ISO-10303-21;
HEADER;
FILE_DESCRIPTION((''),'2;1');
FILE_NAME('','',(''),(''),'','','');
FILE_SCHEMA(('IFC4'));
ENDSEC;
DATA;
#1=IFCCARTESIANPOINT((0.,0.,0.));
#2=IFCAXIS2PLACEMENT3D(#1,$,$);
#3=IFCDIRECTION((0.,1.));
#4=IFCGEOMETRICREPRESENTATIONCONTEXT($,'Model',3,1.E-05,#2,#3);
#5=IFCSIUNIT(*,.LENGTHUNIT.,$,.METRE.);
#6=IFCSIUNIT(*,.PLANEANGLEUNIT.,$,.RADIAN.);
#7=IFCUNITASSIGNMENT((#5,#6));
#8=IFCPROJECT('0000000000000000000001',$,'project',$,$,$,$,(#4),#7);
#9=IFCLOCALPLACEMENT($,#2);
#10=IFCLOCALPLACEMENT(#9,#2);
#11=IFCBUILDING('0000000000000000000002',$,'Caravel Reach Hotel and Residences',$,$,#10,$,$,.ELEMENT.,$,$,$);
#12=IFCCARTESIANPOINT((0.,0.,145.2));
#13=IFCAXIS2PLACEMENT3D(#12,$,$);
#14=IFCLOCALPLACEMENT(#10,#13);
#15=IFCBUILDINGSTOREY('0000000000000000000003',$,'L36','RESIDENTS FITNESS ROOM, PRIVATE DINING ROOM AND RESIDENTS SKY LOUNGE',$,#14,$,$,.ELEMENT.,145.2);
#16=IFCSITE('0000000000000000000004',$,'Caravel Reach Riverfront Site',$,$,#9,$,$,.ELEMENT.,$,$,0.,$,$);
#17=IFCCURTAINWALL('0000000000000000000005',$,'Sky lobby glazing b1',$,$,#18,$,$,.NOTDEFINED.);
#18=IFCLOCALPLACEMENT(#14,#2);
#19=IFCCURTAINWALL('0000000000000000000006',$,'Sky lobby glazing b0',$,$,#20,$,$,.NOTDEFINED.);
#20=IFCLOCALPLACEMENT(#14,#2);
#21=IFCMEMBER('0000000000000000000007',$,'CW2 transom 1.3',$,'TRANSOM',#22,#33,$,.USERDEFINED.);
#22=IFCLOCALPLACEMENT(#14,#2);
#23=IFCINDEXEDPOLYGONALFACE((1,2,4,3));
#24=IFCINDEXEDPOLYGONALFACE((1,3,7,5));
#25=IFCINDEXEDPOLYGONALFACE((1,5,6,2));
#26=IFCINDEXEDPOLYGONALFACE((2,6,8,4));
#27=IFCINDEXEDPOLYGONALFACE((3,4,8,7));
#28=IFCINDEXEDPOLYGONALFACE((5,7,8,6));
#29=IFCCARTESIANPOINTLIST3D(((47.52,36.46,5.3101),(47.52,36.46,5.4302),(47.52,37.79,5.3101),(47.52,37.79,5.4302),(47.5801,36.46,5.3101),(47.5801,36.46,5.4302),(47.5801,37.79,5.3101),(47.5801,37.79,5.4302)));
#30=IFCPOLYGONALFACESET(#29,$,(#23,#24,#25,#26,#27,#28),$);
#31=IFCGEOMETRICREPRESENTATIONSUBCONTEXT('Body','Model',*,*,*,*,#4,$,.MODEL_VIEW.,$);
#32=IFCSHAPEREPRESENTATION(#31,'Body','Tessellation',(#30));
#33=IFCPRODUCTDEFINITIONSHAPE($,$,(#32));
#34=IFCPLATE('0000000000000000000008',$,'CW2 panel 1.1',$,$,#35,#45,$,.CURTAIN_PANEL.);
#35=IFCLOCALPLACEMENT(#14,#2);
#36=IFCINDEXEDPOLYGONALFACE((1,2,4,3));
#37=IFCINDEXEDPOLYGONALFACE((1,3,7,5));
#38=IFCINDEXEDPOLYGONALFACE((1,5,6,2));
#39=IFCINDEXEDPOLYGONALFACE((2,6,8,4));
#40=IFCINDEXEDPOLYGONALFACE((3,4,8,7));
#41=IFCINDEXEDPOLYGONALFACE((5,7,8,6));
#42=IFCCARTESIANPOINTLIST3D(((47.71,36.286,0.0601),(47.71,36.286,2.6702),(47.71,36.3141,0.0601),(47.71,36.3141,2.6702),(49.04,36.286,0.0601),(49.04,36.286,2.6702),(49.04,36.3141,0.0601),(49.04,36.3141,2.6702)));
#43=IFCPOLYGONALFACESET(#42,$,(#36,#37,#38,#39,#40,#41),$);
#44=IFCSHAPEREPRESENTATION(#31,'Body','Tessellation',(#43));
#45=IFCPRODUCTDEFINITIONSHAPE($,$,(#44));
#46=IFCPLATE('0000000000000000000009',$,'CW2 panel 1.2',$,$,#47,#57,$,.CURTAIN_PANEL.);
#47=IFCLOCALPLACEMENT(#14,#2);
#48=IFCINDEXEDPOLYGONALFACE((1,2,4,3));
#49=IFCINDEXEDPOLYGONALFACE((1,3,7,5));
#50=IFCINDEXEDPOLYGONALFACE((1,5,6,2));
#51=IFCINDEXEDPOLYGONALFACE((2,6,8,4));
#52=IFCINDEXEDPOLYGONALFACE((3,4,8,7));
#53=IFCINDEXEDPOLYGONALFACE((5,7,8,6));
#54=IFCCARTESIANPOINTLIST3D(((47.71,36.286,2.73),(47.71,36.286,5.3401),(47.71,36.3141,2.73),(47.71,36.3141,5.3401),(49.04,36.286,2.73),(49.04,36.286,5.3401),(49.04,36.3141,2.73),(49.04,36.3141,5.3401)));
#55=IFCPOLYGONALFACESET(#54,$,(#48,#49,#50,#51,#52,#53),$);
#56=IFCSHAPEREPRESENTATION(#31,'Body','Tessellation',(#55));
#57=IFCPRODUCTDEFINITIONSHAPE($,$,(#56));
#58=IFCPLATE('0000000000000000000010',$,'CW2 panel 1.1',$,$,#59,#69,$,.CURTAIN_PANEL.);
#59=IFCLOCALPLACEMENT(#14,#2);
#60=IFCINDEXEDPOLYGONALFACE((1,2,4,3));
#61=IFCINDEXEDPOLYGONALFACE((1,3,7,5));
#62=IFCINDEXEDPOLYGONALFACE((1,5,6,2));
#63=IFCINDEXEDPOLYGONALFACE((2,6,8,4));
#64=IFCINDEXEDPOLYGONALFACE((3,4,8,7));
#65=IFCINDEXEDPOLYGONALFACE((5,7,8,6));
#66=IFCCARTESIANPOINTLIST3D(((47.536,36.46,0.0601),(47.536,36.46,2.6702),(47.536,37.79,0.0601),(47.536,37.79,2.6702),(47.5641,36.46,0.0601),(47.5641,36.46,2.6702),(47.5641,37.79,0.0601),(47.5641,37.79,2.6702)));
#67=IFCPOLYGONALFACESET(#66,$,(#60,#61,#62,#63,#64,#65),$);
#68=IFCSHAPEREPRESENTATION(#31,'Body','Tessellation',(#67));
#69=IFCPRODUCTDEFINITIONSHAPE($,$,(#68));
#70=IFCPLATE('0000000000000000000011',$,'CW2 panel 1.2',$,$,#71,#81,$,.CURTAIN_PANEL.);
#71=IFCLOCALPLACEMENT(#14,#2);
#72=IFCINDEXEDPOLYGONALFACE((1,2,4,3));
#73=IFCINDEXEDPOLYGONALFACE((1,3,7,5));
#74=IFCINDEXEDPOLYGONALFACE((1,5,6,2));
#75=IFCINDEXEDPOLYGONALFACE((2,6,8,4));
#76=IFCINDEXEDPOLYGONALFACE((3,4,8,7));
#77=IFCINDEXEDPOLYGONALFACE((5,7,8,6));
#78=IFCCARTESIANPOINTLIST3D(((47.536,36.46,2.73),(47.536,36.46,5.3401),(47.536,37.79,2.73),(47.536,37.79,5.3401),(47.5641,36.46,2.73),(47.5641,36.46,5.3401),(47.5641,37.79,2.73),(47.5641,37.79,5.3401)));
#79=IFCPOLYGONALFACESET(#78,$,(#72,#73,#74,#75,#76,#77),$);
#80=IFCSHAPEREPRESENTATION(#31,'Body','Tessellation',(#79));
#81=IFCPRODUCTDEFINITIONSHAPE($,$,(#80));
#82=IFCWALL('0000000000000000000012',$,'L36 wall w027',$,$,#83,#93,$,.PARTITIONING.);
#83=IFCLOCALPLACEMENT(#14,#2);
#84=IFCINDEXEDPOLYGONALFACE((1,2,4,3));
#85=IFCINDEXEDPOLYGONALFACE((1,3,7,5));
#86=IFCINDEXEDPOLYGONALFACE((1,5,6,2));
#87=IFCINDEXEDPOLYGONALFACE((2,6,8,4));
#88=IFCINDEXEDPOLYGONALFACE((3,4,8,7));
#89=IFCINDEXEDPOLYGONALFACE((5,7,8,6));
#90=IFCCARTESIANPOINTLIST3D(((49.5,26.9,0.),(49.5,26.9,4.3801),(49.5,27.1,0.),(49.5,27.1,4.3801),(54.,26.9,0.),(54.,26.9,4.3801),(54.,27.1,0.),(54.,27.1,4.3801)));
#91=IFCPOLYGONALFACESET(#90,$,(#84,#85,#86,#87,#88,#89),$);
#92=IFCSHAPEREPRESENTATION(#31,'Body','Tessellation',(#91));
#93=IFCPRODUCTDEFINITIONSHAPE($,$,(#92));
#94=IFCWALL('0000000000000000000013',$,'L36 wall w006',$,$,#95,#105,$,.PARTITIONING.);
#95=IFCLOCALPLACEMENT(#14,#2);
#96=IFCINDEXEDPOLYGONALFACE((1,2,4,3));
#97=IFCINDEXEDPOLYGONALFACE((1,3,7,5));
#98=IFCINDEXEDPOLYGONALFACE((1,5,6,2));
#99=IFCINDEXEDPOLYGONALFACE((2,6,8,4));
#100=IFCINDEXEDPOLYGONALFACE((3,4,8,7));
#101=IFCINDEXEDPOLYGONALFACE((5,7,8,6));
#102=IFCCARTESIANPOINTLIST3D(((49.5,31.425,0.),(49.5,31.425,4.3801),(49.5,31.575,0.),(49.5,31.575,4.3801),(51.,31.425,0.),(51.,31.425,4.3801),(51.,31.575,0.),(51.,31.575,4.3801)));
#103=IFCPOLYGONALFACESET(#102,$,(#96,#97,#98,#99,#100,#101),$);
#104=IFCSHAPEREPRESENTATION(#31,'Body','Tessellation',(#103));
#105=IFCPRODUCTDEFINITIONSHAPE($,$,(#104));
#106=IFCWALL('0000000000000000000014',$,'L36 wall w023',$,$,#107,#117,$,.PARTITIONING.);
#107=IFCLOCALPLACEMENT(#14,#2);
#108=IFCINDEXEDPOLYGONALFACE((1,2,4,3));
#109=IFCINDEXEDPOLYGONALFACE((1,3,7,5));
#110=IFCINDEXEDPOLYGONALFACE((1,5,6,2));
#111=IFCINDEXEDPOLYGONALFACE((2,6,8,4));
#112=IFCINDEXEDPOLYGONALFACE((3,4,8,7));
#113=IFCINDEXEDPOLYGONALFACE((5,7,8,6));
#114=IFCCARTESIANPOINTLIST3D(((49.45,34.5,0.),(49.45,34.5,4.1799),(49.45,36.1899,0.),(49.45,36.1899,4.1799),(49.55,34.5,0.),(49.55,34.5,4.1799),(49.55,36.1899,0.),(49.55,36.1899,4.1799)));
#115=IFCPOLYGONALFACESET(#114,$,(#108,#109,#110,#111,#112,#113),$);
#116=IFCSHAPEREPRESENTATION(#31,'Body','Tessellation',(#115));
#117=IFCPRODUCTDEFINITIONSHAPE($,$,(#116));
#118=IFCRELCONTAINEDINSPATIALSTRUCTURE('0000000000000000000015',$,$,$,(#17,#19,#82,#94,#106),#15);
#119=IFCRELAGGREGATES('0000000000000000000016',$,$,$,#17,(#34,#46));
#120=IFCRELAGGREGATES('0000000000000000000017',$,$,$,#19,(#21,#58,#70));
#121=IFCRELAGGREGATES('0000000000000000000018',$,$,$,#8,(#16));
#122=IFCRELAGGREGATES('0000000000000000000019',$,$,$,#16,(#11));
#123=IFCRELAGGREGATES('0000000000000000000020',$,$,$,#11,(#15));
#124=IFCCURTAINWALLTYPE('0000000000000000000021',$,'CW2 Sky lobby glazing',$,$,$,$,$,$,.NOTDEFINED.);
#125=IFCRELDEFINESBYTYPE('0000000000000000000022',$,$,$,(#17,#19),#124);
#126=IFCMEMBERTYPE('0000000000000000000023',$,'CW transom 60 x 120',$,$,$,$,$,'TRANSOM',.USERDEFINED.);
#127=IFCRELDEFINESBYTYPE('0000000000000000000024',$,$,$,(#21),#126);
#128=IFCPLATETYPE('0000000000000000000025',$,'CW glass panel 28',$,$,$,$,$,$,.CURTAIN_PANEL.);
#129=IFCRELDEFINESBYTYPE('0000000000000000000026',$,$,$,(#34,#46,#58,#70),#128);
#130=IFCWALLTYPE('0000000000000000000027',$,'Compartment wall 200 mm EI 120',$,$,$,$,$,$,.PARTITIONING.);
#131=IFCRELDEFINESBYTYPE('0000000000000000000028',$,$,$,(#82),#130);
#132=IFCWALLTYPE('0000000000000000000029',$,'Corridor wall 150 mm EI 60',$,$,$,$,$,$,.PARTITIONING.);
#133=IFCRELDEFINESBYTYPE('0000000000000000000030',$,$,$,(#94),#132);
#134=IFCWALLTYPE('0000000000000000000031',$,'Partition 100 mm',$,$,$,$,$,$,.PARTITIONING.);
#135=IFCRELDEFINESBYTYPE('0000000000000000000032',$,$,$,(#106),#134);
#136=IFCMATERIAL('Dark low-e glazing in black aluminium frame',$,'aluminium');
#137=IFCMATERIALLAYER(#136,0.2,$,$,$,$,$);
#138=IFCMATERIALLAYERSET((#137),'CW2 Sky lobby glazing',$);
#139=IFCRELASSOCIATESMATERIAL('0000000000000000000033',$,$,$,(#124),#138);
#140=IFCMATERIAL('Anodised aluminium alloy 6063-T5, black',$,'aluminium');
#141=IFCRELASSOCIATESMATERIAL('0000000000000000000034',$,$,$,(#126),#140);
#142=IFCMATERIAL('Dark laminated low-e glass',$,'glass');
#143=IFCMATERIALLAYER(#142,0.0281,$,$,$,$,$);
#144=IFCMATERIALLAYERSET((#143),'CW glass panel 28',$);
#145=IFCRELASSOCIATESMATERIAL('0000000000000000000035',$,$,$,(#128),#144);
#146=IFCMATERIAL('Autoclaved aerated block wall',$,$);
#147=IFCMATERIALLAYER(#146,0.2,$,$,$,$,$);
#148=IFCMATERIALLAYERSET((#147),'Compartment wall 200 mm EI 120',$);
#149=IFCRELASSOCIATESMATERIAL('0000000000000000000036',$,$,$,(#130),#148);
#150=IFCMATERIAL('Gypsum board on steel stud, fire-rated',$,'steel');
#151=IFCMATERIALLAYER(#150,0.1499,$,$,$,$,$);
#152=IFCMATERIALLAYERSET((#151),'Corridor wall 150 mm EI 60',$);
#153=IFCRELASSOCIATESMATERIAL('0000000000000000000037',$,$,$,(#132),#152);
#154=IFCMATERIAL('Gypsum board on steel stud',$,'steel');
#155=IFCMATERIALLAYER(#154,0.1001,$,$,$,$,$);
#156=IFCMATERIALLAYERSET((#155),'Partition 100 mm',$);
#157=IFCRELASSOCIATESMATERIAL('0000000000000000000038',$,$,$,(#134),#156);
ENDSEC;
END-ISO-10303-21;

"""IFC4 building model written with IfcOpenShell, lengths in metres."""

from ifc_helpers import new_model, si_unit, direction, frame, frame_2d, origin, origin_2d, place, context, subcontext, project, spatial, rectangle, extrude, material, layer, layer_set, material_profile, profile_set, type_object, element, aggregate, save


model = new_model("IFC4")

# Units and contexts
model_context = context("Model", 3, precision=1e-05, world=origin(), true_north=direction((0.0, 1.0)))
body_context = subcontext(model_context, "Body", "Model", "MODEL_VIEW")
ifc_project = project(units=[si_unit("LENGTHUNIT", "METRE"), si_unit("PLANEANGLEUNIT", "RADIAN")], contexts=[model_context])

# Site, building, storey
site_placement = place(None, origin())
site = spatial("IfcSite", under=ifc_project, at=site_placement, Name="Caravel Reach Riverfront Site", CompositionType="ELEMENT", RefElevation=0.0)
building_placement = place(site_placement, origin())
building = spatial("IfcBuilding", under=site, at=building_placement, Name="Caravel Reach Hotel and Residences", CompositionType="ELEMENT")
storey_placement = place(building_placement, frame((0.0, 0.0, 145.2)))
storey = spatial("IfcBuildingStorey", under=building, at=storey_placement, Name="L36", Description="RESIDENTS FITNESS ROOM, PRIVATE DINING ROOM AND RESIDENTS SKY LOUNGE", CompositionType="ELEMENT", Elevation=145.2)

# Curtain wall
ifc_material_1 = material(Name="Dark low-e glazing in black aluminium frame", Category="aluminium")
ifc_layer_1 = layer(ifc_material_1, 0.2)
ifc_layer_set_1 = layer_set([ifc_layer_1], Name="CW2 Sky lobby glazing")
curtain_wall_type = type_object("IfcCurtainWallType", Name="CW2 Sky lobby glazing", PredefinedType="NOTDEFINED", material=ifc_layer_set_1)
curtain_wall_1_placement = place(storey_placement, origin())
curtain_wall_1 = element("IfcCurtainWall", 1, at=curtain_wall_1_placement, inside=storey, type_object=curtain_wall_type, Name="Sky lobby glazing b1", PredefinedType="NOTDEFINED")

# Curtain wall
curtain_wall_2_placement = place(storey_placement, origin())
curtain_wall_2 = element("IfcCurtainWall", 2, at=curtain_wall_2_placement, inside=storey, type_object=curtain_wall_type, Name="Sky lobby glazing b0", PredefinedType="NOTDEFINED")

# Member
ifc_material_2 = material(Name="Anodised aluminium alloy 6063-T5, black", Category="aluminium")
ifc_material_profile_1 = material_profile(ifc_material_2, rectangle(XDim=0.0601, YDim=0.1201, at=origin_2d()), Name="CW transom 60 x 120")
ifc_profile_set_1 = profile_set([ifc_material_profile_1], Name="Anodised aluminium alloy 6063-T5, black")
member_type_1 = type_object("IfcMemberType", Name="CW transom 60 x 120", ElementType="TRANSOM", PredefinedType="USERDEFINED", material=ifc_profile_set_1)
member_1_placement = place(storey_placement, frame((47.55, 36.46, 5.3701), z_axis=(0.0, 1.0, 0.0), x_axis=(-1.0, 0.0, 0.0)))
member_1 = element("IfcMember", 3, at=member_1_placement, type_object=member_type_1, Name="CW2 transom 1.3", ObjectType="TRANSOM", PredefinedType="USERDEFINED", context=body_context, shape_type="SweptSolid", body=[
    extrude(rectangle(XDim=0.0601, YDim=0.1201, at=origin_2d()), origin(), (0.0, 0.0, 1.0), 1.3301),
])

# Plates
ifc_material_3 = material(Name="Dark laminated low-e glass", Category="glass")
ifc_layer_2 = layer(ifc_material_3, 0.0281)
ifc_layer_set_2 = layer_set([ifc_layer_2], Name="CW glass panel 28")
plate_type = type_object("IfcPlateType", Name="CW glass panel 28", PredefinedType="CURTAIN_PANEL", material=ifc_layer_set_2)
plate_1_placement = place(storey_placement, frame((48.375, 36.3, 0.0601), z_axis=(0.0, 0.0, 1.0), x_axis=(-1.0, 0.0, 0.0)))
plate_1 = element("IfcPlate", 4, at=plate_1_placement, type_object=plate_type, Name="CW2 panel 1.1", PredefinedType="CURTAIN_PANEL", context=body_context, shape_type="SweptSolid", body=[
    extrude(rectangle(XDim=1.3301, YDim=0.0281, at=origin_2d()), origin(), (0.0, 0.0, 1.0), 2.6101),
])
plate_2_placement = place(storey_placement, frame((48.375, 36.3, 2.73), z_axis=(0.0, 0.0, 1.0), x_axis=(-1.0, 0.0, 0.0)))
plate_2 = element("IfcPlate", 5, at=plate_2_placement, type_object=plate_type, Name="CW2 panel 1.2", PredefinedType="CURTAIN_PANEL", context=body_context, shape_type="SweptSolid", body=[
    extrude(rectangle(XDim=1.3301, YDim=0.0281, at=origin_2d()), origin(), (0.0, 0.0, 1.0), 2.6101),
])
aggregate(curtain_wall_1, [plate_1, plate_2])
plate_3_placement = place(storey_placement, frame((47.55, 37.125, 0.0601), z_axis=(0.0, 0.0, 1.0), x_axis=(0.0, 1.0, 0.0)))
plate_3 = element("IfcPlate", 6, at=plate_3_placement, type_object=plate_type, Name="CW2 panel 1.1", PredefinedType="CURTAIN_PANEL", context=body_context, shape_type="SweptSolid", body=[
    extrude(rectangle(XDim=1.3301, YDim=0.0281, at=origin_2d()), origin(), (0.0, 0.0, 1.0), 2.6101),
])
plate_4_placement = place(storey_placement, frame((47.55, 37.125, 2.73), z_axis=(0.0, 0.0, 1.0), x_axis=(0.0, 1.0, 0.0)))
plate_4 = element("IfcPlate", 7, at=plate_4_placement, type_object=plate_type, Name="CW2 panel 1.2", PredefinedType="CURTAIN_PANEL", context=body_context, shape_type="SweptSolid", body=[
    extrude(rectangle(XDim=1.3301, YDim=0.0281, at=origin_2d()), origin(), (0.0, 0.0, 1.0), 2.6101),
])
aggregate(curtain_wall_2, [member_1, plate_3, plate_4])

# Walls
ifc_material_4 = material(Name="Autoclaved aerated block wall")
ifc_layer_3 = layer(ifc_material_4, 0.2)
ifc_layer_set_3 = layer_set([ifc_layer_3], Name="Compartment wall 200 mm EI 120")
wall_type_1 = type_object("IfcWallType", Name="Compartment wall 200 mm EI 120", PredefinedType="PARTITIONING", material=ifc_layer_set_3)
wall_1_placement = place(storey_placement, frame((49.5, 27.0, 0.0), z_axis=(0.0, 0.0, 1.0), x_axis=(1.0, 0.0, 0.0)))
element("IfcWall", 8, at=wall_1_placement, inside=storey, type_object=wall_type_1, Name="L36 wall w027", PredefinedType="PARTITIONING", context=body_context, shape_type="SweptSolid", body=[
    extrude(rectangle(XDim=4.5, YDim=0.2, at=frame_2d((2.25, 0.0))), origin(), (0.0, 0.0, 1.0), 4.3801),
])
ifc_material_5 = material(Name="Gypsum board on steel stud, fire-rated", Category="steel")
ifc_layer_4 = layer(ifc_material_5, 0.1499)
ifc_layer_set_4 = layer_set([ifc_layer_4], Name="Corridor wall 150 mm EI 60")
wall_type_2 = type_object("IfcWallType", Name="Corridor wall 150 mm EI 60", PredefinedType="PARTITIONING", material=ifc_layer_set_4)
wall_2_placement = place(storey_placement, frame((49.5, 31.5, 0.0), z_axis=(0.0, 0.0, 1.0), x_axis=(1.0, 0.0, 0.0)))
element("IfcWall", 9, at=wall_2_placement, inside=storey, type_object=wall_type_2, Name="L36 wall w006", PredefinedType="PARTITIONING", context=body_context, shape_type="SweptSolid", body=[
    extrude(rectangle(XDim=1.5, YDim=0.1499, at=frame_2d((0.75, 0.0))), origin(), (0.0, 0.0, 1.0), 4.3801),
])

# Wall
ifc_material_6 = material(Name="Gypsum board on steel stud", Category="steel")
ifc_layer_5 = layer(ifc_material_6, 0.1001)
ifc_layer_set_5 = layer_set([ifc_layer_5], Name="Partition 100 mm")
wall_type_3 = type_object("IfcWallType", Name="Partition 100 mm", PredefinedType="PARTITIONING", material=ifc_layer_set_5)
wall_3_placement = place(storey_placement, frame((49.5, 34.5, 0.0), z_axis=(0.0, 0.0, 1.0), x_axis=(0.0, 1.0, 0.0)))
element("IfcWall", 10, at=wall_3_placement, inside=storey, type_object=wall_type_3, Name="L36 wall w023", PredefinedType="PARTITIONING", context=body_context, shape_type="SweptSolid", body=[
    extrude(rectangle(XDim=1.6899, YDim=0.1001, at=frame_2d((0.845, 0.0))), origin(), (0.0, 0.0, 1.0), 4.1799),
])

save(model, "model.ifc")
